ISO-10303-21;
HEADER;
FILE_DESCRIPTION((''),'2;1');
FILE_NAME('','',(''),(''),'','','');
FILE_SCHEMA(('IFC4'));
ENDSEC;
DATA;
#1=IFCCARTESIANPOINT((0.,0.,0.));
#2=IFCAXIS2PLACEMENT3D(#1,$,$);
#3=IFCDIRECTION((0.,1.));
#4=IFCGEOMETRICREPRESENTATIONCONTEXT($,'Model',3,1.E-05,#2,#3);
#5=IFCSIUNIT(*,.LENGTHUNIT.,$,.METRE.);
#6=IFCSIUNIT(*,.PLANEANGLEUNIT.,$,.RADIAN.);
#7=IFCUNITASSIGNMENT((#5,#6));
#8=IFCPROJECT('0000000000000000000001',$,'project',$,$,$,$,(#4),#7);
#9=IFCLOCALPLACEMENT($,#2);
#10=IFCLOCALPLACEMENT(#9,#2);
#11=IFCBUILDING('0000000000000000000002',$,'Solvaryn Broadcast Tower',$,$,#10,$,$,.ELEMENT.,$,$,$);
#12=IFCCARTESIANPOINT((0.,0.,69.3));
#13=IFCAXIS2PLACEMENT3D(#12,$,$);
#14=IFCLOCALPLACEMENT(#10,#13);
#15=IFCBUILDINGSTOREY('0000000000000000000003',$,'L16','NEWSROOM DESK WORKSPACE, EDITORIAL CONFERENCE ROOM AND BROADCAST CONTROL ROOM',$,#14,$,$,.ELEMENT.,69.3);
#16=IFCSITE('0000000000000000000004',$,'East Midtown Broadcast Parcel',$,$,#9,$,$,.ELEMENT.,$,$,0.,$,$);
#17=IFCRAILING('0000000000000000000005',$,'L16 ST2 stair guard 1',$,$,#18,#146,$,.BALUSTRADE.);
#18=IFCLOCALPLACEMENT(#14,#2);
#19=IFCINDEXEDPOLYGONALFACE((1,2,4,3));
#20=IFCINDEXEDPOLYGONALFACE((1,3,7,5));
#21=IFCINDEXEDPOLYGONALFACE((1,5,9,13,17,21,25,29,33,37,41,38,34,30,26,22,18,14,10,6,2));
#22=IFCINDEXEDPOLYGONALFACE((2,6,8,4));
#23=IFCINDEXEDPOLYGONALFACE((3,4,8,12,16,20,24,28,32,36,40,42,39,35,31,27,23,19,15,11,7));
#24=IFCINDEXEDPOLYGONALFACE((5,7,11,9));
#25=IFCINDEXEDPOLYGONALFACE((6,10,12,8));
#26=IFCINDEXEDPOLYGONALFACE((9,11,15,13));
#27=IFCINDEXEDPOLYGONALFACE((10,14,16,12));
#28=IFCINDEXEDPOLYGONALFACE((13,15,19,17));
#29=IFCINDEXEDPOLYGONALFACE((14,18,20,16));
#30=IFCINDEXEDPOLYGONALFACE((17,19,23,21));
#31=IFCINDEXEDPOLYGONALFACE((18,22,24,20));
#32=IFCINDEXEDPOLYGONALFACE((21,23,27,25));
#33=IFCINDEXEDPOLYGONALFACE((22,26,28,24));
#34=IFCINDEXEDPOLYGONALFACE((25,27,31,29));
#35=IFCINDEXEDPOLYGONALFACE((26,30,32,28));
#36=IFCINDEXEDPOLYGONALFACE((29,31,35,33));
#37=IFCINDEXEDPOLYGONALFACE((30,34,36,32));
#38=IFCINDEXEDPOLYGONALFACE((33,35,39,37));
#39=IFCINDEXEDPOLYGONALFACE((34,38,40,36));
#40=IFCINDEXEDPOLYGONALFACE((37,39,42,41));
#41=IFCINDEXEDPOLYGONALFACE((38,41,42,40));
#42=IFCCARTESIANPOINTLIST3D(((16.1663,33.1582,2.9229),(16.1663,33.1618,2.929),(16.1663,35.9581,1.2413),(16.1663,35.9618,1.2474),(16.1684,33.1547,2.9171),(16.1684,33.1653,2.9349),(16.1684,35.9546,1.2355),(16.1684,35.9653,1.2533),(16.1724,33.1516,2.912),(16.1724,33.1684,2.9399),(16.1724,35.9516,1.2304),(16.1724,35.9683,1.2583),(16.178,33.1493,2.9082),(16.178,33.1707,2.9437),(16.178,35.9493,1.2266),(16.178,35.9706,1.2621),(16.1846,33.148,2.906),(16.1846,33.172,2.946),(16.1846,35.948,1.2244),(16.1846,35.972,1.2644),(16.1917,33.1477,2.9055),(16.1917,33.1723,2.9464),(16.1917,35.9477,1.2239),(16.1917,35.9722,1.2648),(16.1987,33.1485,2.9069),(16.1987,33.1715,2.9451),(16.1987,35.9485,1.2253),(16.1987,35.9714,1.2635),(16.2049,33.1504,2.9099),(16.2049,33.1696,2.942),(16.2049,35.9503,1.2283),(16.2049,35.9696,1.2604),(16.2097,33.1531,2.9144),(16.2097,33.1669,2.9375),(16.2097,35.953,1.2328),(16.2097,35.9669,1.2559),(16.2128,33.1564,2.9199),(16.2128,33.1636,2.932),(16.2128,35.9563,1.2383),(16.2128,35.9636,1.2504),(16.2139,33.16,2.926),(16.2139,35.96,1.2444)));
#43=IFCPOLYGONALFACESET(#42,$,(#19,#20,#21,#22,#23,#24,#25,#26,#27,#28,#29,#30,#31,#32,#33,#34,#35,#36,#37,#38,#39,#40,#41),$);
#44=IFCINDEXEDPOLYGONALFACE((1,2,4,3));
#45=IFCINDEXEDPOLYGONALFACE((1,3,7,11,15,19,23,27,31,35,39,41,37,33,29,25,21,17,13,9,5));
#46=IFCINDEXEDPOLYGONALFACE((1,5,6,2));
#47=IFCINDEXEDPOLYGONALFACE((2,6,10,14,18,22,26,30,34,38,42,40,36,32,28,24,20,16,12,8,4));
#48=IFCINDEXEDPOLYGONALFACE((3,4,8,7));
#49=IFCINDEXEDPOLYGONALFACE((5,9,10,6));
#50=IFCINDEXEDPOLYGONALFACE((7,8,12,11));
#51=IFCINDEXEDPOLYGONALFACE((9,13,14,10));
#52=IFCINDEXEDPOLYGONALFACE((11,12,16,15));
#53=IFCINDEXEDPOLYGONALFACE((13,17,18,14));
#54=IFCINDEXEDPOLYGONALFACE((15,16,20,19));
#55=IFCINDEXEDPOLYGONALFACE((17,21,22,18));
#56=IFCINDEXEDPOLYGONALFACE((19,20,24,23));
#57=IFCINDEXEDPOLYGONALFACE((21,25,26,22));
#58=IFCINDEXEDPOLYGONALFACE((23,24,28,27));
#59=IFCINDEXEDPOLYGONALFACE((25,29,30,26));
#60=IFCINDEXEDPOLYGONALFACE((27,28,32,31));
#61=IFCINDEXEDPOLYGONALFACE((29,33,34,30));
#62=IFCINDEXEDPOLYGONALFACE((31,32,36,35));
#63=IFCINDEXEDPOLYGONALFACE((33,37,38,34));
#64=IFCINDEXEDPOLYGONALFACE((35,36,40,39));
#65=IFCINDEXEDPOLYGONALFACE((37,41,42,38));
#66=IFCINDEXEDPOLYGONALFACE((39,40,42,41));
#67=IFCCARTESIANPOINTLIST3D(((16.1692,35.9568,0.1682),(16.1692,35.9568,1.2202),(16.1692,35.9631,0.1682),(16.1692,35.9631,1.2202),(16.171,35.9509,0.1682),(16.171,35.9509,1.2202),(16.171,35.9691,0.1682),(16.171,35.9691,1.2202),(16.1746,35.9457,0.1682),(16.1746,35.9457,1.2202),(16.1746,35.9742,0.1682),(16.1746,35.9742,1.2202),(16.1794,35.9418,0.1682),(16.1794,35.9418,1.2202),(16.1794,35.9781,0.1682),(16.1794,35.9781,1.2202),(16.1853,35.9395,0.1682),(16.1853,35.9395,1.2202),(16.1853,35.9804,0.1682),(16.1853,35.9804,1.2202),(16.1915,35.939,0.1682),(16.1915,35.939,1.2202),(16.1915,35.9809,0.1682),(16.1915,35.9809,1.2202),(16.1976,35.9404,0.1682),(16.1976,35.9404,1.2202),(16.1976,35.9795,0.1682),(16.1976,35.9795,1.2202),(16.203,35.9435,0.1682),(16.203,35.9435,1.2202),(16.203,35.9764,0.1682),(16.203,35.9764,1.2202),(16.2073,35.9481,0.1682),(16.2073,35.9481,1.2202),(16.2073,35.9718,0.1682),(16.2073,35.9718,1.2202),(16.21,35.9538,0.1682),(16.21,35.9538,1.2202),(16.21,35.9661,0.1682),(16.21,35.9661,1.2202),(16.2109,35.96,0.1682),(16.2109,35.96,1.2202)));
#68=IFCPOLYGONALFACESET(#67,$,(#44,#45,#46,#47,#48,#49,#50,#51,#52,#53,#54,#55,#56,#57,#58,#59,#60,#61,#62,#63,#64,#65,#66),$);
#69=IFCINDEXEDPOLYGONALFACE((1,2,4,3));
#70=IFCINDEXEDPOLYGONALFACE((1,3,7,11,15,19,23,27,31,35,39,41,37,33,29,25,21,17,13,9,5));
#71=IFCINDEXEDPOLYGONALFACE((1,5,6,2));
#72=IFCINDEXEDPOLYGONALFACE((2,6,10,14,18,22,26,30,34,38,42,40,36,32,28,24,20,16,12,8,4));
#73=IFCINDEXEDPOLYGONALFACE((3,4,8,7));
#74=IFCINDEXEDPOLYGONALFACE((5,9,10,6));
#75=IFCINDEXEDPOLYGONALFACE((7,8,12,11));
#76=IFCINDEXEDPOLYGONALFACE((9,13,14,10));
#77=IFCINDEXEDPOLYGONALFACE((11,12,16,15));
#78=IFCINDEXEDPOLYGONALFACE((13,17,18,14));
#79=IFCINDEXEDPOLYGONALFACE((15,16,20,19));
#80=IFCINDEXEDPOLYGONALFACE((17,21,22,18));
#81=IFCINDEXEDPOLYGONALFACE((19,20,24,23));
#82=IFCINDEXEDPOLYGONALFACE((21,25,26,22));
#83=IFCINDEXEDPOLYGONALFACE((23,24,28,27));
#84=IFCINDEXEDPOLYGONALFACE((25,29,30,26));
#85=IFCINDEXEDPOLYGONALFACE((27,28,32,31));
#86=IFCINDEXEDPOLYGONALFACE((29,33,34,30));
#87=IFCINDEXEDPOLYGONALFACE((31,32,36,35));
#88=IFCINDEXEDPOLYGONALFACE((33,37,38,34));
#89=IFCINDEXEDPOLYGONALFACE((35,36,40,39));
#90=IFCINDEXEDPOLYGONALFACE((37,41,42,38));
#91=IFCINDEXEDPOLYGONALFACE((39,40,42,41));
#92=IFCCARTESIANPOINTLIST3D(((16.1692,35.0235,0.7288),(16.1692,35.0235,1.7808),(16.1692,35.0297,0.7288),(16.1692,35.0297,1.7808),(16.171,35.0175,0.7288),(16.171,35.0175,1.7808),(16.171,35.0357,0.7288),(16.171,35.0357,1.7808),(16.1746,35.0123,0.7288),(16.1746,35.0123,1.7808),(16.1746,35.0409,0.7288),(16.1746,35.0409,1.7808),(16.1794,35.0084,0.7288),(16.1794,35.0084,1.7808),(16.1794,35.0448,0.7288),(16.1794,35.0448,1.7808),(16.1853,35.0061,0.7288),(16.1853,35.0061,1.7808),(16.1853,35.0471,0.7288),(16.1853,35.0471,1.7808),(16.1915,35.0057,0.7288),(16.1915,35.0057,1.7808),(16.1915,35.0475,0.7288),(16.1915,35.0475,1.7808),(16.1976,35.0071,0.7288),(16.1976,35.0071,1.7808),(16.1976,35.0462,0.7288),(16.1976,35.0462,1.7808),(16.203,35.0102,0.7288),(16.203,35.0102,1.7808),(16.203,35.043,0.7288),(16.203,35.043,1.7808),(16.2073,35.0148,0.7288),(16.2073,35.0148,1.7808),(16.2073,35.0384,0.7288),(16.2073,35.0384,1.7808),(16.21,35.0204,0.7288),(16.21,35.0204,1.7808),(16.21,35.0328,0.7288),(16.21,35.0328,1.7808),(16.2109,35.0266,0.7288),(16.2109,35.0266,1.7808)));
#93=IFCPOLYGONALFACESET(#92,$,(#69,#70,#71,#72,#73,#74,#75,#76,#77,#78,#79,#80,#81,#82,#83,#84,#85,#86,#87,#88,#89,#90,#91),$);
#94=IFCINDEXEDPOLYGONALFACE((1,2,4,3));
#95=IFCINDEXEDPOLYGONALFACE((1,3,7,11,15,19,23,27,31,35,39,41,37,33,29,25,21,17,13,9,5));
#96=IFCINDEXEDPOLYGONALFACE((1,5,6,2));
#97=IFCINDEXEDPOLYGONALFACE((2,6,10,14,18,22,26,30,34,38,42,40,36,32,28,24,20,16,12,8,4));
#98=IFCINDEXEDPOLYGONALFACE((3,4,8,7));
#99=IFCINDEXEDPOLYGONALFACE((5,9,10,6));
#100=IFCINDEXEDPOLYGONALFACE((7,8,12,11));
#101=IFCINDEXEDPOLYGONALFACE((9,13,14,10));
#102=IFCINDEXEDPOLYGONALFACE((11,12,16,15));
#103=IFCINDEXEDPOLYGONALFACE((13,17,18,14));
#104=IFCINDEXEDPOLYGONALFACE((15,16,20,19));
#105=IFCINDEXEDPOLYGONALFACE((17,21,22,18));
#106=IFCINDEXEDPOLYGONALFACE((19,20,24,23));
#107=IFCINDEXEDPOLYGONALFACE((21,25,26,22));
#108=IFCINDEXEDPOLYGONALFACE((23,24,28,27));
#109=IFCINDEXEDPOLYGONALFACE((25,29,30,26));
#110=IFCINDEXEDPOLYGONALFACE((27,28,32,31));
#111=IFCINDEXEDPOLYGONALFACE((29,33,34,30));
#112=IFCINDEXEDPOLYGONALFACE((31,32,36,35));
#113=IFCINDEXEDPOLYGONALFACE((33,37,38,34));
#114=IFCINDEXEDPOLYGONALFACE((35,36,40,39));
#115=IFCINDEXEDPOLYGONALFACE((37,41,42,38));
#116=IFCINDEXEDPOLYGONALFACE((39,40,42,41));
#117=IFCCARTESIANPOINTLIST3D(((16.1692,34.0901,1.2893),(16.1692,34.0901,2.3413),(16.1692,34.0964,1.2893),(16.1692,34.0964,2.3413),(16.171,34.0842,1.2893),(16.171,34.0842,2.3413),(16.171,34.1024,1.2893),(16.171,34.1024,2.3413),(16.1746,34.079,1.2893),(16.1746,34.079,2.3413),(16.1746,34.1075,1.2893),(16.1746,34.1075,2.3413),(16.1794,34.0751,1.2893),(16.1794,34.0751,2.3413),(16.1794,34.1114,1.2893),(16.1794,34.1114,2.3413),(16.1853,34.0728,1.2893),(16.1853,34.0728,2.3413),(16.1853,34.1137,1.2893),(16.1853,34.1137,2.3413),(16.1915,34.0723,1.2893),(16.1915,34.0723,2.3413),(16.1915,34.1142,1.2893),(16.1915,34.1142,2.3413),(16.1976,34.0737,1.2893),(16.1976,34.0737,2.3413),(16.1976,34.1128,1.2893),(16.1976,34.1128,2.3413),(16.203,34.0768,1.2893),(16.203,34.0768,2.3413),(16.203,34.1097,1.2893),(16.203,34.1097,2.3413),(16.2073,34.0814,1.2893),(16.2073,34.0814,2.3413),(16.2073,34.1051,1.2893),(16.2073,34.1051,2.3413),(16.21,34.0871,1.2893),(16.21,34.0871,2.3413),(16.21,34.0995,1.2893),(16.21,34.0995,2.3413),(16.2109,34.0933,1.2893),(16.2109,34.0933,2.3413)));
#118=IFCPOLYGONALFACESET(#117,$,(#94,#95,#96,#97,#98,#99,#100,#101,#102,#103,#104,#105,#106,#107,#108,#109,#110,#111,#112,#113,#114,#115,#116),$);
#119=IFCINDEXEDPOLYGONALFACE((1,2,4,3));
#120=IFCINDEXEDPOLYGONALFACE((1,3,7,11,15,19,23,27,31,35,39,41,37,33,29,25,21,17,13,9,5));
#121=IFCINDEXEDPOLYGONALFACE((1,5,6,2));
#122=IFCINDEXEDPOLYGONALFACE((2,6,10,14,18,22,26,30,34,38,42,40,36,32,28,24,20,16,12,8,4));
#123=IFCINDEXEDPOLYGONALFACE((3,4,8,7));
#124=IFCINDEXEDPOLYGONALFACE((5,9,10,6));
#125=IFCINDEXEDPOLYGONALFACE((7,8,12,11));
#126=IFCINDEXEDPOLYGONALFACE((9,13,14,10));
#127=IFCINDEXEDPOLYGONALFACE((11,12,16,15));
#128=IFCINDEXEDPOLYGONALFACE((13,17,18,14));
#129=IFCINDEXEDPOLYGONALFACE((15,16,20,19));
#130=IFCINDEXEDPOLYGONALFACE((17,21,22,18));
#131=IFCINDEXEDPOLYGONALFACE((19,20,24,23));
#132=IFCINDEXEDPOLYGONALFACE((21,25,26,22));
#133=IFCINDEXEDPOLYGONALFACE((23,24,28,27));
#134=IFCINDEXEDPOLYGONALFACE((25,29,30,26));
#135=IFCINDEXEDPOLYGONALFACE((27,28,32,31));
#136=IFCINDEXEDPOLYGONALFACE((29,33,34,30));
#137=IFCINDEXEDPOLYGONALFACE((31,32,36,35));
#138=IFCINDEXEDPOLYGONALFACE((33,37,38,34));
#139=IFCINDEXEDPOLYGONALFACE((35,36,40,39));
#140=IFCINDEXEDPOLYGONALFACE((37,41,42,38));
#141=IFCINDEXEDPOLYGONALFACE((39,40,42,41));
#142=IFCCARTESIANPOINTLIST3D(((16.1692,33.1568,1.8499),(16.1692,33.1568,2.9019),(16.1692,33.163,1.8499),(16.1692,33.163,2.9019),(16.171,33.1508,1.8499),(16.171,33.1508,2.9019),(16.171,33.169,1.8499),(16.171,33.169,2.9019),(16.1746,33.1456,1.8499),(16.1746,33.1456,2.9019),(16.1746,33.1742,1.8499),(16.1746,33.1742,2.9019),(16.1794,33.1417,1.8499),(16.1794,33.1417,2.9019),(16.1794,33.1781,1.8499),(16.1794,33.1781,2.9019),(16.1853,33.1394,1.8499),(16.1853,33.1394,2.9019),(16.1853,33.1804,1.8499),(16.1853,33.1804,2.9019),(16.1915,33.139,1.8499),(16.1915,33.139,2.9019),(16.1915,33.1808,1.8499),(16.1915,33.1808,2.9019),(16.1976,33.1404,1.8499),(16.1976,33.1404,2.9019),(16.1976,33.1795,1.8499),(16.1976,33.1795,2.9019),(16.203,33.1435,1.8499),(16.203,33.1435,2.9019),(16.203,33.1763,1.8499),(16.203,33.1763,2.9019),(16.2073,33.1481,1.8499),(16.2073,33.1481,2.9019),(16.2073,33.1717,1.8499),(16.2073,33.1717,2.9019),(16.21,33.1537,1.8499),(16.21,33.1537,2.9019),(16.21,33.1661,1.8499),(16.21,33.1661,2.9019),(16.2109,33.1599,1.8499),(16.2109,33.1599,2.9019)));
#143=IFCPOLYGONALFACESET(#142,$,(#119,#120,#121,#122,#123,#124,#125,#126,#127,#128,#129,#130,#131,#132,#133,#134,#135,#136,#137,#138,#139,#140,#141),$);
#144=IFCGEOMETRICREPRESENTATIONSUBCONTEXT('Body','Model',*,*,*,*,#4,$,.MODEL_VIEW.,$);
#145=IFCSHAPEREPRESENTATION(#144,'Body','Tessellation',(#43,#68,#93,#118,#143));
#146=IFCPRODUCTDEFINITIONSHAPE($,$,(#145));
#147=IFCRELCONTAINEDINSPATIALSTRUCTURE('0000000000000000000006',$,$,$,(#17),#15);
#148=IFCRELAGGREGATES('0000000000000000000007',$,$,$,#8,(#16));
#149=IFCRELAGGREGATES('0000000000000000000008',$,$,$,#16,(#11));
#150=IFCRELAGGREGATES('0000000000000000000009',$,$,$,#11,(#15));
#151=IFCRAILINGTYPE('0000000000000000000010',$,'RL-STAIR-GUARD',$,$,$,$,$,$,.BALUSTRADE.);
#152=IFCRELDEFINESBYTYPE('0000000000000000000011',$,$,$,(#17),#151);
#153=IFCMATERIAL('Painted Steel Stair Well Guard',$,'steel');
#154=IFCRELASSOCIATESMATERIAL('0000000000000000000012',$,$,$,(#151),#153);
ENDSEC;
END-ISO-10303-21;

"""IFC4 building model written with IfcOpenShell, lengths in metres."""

from ifc_helpers import new_model, si_unit, direction, frame, origin, origin_2d, place, context, subcontext, project, spatial, circle, extrude, material, type_object, element, save


model = new_model("IFC4")

# Units and contexts
model_context = context("Model", 3, precision=1e-05, world=origin(), true_north=direction((0.0, 1.0)))
body_context = subcontext(model_context, "Body", "Model", "MODEL_VIEW")
ifc_project = project(units=[si_unit("LENGTHUNIT", "METRE"), si_unit("PLANEANGLEUNIT", "RADIAN")], contexts=[model_context])

# Site, building, storey
site_placement = place(None, origin())
site = spatial("IfcSite", under=ifc_project, at=site_placement, Name="East Midtown Broadcast Parcel", CompositionType="ELEMENT", RefElevation=0.0)
building_placement = place(site_placement, origin())
building = spatial("IfcBuilding", under=site, at=building_placement, Name="Solvaryn Broadcast Tower", CompositionType="ELEMENT")
storey_placement = place(building_placement, frame((0.0, 0.0, 69.3)))
storey = spatial("IfcBuildingStorey", under=building, at=storey_placement, Name="L16", Description="NEWSROOM DESK WORKSPACE, EDITORIAL CONFERENCE ROOM AND BROADCAST CONTROL ROOM", CompositionType="ELEMENT", Elevation=69.3)

# Railing
ifc_material_1 = material(Name="Painted Steel Stair Well Guard", Category="steel")
railing_type_1 = type_object("IfcRailingType", Name="RL-STAIR-GUARD", PredefinedType="BALUSTRADE", material=ifc_material_1)
railing_1_placement = place(storey_placement, frame((16.1899, 35.96, 0.1682)))
element("IfcRailing", 1, at=railing_1_placement, inside=storey, type_object=railing_type_1, Name="L16 ST2 stair guard 1", PredefinedType="BALUSTRADE", context=body_context, shape_type="SweptSolid", body=[
    extrude(circle(Radius=0.0239, at=origin_2d()), frame((0.0, 0.0, 1.0762), z_axis=(0.0, -0.857275, 0.514858), x_axis=(1.0, 0.0, 0.0)), (0.0, 0.0, 1.0), 3.2661),
    extrude(circle(Radius=0.021, at=origin_2d()), origin(), (0.0, 0.0, 1.0), 1.052),
    extrude(circle(Radius=0.021, at=origin_2d()), frame((0.0, -0.9333, 0.5605)), (0.0, 0.0, 1.0), 1.052),
    extrude(circle(Radius=0.021, at=origin_2d()), frame((0.0, -1.8667, 1.1211)), (0.0, 0.0, 1.0), 1.052),
    extrude(circle(Radius=0.021, at=origin_2d()), frame((0.0, -2.8, 1.6816)), (0.0, 0.0, 1.0), 1.052),
])

save(model, "model.ifc")
